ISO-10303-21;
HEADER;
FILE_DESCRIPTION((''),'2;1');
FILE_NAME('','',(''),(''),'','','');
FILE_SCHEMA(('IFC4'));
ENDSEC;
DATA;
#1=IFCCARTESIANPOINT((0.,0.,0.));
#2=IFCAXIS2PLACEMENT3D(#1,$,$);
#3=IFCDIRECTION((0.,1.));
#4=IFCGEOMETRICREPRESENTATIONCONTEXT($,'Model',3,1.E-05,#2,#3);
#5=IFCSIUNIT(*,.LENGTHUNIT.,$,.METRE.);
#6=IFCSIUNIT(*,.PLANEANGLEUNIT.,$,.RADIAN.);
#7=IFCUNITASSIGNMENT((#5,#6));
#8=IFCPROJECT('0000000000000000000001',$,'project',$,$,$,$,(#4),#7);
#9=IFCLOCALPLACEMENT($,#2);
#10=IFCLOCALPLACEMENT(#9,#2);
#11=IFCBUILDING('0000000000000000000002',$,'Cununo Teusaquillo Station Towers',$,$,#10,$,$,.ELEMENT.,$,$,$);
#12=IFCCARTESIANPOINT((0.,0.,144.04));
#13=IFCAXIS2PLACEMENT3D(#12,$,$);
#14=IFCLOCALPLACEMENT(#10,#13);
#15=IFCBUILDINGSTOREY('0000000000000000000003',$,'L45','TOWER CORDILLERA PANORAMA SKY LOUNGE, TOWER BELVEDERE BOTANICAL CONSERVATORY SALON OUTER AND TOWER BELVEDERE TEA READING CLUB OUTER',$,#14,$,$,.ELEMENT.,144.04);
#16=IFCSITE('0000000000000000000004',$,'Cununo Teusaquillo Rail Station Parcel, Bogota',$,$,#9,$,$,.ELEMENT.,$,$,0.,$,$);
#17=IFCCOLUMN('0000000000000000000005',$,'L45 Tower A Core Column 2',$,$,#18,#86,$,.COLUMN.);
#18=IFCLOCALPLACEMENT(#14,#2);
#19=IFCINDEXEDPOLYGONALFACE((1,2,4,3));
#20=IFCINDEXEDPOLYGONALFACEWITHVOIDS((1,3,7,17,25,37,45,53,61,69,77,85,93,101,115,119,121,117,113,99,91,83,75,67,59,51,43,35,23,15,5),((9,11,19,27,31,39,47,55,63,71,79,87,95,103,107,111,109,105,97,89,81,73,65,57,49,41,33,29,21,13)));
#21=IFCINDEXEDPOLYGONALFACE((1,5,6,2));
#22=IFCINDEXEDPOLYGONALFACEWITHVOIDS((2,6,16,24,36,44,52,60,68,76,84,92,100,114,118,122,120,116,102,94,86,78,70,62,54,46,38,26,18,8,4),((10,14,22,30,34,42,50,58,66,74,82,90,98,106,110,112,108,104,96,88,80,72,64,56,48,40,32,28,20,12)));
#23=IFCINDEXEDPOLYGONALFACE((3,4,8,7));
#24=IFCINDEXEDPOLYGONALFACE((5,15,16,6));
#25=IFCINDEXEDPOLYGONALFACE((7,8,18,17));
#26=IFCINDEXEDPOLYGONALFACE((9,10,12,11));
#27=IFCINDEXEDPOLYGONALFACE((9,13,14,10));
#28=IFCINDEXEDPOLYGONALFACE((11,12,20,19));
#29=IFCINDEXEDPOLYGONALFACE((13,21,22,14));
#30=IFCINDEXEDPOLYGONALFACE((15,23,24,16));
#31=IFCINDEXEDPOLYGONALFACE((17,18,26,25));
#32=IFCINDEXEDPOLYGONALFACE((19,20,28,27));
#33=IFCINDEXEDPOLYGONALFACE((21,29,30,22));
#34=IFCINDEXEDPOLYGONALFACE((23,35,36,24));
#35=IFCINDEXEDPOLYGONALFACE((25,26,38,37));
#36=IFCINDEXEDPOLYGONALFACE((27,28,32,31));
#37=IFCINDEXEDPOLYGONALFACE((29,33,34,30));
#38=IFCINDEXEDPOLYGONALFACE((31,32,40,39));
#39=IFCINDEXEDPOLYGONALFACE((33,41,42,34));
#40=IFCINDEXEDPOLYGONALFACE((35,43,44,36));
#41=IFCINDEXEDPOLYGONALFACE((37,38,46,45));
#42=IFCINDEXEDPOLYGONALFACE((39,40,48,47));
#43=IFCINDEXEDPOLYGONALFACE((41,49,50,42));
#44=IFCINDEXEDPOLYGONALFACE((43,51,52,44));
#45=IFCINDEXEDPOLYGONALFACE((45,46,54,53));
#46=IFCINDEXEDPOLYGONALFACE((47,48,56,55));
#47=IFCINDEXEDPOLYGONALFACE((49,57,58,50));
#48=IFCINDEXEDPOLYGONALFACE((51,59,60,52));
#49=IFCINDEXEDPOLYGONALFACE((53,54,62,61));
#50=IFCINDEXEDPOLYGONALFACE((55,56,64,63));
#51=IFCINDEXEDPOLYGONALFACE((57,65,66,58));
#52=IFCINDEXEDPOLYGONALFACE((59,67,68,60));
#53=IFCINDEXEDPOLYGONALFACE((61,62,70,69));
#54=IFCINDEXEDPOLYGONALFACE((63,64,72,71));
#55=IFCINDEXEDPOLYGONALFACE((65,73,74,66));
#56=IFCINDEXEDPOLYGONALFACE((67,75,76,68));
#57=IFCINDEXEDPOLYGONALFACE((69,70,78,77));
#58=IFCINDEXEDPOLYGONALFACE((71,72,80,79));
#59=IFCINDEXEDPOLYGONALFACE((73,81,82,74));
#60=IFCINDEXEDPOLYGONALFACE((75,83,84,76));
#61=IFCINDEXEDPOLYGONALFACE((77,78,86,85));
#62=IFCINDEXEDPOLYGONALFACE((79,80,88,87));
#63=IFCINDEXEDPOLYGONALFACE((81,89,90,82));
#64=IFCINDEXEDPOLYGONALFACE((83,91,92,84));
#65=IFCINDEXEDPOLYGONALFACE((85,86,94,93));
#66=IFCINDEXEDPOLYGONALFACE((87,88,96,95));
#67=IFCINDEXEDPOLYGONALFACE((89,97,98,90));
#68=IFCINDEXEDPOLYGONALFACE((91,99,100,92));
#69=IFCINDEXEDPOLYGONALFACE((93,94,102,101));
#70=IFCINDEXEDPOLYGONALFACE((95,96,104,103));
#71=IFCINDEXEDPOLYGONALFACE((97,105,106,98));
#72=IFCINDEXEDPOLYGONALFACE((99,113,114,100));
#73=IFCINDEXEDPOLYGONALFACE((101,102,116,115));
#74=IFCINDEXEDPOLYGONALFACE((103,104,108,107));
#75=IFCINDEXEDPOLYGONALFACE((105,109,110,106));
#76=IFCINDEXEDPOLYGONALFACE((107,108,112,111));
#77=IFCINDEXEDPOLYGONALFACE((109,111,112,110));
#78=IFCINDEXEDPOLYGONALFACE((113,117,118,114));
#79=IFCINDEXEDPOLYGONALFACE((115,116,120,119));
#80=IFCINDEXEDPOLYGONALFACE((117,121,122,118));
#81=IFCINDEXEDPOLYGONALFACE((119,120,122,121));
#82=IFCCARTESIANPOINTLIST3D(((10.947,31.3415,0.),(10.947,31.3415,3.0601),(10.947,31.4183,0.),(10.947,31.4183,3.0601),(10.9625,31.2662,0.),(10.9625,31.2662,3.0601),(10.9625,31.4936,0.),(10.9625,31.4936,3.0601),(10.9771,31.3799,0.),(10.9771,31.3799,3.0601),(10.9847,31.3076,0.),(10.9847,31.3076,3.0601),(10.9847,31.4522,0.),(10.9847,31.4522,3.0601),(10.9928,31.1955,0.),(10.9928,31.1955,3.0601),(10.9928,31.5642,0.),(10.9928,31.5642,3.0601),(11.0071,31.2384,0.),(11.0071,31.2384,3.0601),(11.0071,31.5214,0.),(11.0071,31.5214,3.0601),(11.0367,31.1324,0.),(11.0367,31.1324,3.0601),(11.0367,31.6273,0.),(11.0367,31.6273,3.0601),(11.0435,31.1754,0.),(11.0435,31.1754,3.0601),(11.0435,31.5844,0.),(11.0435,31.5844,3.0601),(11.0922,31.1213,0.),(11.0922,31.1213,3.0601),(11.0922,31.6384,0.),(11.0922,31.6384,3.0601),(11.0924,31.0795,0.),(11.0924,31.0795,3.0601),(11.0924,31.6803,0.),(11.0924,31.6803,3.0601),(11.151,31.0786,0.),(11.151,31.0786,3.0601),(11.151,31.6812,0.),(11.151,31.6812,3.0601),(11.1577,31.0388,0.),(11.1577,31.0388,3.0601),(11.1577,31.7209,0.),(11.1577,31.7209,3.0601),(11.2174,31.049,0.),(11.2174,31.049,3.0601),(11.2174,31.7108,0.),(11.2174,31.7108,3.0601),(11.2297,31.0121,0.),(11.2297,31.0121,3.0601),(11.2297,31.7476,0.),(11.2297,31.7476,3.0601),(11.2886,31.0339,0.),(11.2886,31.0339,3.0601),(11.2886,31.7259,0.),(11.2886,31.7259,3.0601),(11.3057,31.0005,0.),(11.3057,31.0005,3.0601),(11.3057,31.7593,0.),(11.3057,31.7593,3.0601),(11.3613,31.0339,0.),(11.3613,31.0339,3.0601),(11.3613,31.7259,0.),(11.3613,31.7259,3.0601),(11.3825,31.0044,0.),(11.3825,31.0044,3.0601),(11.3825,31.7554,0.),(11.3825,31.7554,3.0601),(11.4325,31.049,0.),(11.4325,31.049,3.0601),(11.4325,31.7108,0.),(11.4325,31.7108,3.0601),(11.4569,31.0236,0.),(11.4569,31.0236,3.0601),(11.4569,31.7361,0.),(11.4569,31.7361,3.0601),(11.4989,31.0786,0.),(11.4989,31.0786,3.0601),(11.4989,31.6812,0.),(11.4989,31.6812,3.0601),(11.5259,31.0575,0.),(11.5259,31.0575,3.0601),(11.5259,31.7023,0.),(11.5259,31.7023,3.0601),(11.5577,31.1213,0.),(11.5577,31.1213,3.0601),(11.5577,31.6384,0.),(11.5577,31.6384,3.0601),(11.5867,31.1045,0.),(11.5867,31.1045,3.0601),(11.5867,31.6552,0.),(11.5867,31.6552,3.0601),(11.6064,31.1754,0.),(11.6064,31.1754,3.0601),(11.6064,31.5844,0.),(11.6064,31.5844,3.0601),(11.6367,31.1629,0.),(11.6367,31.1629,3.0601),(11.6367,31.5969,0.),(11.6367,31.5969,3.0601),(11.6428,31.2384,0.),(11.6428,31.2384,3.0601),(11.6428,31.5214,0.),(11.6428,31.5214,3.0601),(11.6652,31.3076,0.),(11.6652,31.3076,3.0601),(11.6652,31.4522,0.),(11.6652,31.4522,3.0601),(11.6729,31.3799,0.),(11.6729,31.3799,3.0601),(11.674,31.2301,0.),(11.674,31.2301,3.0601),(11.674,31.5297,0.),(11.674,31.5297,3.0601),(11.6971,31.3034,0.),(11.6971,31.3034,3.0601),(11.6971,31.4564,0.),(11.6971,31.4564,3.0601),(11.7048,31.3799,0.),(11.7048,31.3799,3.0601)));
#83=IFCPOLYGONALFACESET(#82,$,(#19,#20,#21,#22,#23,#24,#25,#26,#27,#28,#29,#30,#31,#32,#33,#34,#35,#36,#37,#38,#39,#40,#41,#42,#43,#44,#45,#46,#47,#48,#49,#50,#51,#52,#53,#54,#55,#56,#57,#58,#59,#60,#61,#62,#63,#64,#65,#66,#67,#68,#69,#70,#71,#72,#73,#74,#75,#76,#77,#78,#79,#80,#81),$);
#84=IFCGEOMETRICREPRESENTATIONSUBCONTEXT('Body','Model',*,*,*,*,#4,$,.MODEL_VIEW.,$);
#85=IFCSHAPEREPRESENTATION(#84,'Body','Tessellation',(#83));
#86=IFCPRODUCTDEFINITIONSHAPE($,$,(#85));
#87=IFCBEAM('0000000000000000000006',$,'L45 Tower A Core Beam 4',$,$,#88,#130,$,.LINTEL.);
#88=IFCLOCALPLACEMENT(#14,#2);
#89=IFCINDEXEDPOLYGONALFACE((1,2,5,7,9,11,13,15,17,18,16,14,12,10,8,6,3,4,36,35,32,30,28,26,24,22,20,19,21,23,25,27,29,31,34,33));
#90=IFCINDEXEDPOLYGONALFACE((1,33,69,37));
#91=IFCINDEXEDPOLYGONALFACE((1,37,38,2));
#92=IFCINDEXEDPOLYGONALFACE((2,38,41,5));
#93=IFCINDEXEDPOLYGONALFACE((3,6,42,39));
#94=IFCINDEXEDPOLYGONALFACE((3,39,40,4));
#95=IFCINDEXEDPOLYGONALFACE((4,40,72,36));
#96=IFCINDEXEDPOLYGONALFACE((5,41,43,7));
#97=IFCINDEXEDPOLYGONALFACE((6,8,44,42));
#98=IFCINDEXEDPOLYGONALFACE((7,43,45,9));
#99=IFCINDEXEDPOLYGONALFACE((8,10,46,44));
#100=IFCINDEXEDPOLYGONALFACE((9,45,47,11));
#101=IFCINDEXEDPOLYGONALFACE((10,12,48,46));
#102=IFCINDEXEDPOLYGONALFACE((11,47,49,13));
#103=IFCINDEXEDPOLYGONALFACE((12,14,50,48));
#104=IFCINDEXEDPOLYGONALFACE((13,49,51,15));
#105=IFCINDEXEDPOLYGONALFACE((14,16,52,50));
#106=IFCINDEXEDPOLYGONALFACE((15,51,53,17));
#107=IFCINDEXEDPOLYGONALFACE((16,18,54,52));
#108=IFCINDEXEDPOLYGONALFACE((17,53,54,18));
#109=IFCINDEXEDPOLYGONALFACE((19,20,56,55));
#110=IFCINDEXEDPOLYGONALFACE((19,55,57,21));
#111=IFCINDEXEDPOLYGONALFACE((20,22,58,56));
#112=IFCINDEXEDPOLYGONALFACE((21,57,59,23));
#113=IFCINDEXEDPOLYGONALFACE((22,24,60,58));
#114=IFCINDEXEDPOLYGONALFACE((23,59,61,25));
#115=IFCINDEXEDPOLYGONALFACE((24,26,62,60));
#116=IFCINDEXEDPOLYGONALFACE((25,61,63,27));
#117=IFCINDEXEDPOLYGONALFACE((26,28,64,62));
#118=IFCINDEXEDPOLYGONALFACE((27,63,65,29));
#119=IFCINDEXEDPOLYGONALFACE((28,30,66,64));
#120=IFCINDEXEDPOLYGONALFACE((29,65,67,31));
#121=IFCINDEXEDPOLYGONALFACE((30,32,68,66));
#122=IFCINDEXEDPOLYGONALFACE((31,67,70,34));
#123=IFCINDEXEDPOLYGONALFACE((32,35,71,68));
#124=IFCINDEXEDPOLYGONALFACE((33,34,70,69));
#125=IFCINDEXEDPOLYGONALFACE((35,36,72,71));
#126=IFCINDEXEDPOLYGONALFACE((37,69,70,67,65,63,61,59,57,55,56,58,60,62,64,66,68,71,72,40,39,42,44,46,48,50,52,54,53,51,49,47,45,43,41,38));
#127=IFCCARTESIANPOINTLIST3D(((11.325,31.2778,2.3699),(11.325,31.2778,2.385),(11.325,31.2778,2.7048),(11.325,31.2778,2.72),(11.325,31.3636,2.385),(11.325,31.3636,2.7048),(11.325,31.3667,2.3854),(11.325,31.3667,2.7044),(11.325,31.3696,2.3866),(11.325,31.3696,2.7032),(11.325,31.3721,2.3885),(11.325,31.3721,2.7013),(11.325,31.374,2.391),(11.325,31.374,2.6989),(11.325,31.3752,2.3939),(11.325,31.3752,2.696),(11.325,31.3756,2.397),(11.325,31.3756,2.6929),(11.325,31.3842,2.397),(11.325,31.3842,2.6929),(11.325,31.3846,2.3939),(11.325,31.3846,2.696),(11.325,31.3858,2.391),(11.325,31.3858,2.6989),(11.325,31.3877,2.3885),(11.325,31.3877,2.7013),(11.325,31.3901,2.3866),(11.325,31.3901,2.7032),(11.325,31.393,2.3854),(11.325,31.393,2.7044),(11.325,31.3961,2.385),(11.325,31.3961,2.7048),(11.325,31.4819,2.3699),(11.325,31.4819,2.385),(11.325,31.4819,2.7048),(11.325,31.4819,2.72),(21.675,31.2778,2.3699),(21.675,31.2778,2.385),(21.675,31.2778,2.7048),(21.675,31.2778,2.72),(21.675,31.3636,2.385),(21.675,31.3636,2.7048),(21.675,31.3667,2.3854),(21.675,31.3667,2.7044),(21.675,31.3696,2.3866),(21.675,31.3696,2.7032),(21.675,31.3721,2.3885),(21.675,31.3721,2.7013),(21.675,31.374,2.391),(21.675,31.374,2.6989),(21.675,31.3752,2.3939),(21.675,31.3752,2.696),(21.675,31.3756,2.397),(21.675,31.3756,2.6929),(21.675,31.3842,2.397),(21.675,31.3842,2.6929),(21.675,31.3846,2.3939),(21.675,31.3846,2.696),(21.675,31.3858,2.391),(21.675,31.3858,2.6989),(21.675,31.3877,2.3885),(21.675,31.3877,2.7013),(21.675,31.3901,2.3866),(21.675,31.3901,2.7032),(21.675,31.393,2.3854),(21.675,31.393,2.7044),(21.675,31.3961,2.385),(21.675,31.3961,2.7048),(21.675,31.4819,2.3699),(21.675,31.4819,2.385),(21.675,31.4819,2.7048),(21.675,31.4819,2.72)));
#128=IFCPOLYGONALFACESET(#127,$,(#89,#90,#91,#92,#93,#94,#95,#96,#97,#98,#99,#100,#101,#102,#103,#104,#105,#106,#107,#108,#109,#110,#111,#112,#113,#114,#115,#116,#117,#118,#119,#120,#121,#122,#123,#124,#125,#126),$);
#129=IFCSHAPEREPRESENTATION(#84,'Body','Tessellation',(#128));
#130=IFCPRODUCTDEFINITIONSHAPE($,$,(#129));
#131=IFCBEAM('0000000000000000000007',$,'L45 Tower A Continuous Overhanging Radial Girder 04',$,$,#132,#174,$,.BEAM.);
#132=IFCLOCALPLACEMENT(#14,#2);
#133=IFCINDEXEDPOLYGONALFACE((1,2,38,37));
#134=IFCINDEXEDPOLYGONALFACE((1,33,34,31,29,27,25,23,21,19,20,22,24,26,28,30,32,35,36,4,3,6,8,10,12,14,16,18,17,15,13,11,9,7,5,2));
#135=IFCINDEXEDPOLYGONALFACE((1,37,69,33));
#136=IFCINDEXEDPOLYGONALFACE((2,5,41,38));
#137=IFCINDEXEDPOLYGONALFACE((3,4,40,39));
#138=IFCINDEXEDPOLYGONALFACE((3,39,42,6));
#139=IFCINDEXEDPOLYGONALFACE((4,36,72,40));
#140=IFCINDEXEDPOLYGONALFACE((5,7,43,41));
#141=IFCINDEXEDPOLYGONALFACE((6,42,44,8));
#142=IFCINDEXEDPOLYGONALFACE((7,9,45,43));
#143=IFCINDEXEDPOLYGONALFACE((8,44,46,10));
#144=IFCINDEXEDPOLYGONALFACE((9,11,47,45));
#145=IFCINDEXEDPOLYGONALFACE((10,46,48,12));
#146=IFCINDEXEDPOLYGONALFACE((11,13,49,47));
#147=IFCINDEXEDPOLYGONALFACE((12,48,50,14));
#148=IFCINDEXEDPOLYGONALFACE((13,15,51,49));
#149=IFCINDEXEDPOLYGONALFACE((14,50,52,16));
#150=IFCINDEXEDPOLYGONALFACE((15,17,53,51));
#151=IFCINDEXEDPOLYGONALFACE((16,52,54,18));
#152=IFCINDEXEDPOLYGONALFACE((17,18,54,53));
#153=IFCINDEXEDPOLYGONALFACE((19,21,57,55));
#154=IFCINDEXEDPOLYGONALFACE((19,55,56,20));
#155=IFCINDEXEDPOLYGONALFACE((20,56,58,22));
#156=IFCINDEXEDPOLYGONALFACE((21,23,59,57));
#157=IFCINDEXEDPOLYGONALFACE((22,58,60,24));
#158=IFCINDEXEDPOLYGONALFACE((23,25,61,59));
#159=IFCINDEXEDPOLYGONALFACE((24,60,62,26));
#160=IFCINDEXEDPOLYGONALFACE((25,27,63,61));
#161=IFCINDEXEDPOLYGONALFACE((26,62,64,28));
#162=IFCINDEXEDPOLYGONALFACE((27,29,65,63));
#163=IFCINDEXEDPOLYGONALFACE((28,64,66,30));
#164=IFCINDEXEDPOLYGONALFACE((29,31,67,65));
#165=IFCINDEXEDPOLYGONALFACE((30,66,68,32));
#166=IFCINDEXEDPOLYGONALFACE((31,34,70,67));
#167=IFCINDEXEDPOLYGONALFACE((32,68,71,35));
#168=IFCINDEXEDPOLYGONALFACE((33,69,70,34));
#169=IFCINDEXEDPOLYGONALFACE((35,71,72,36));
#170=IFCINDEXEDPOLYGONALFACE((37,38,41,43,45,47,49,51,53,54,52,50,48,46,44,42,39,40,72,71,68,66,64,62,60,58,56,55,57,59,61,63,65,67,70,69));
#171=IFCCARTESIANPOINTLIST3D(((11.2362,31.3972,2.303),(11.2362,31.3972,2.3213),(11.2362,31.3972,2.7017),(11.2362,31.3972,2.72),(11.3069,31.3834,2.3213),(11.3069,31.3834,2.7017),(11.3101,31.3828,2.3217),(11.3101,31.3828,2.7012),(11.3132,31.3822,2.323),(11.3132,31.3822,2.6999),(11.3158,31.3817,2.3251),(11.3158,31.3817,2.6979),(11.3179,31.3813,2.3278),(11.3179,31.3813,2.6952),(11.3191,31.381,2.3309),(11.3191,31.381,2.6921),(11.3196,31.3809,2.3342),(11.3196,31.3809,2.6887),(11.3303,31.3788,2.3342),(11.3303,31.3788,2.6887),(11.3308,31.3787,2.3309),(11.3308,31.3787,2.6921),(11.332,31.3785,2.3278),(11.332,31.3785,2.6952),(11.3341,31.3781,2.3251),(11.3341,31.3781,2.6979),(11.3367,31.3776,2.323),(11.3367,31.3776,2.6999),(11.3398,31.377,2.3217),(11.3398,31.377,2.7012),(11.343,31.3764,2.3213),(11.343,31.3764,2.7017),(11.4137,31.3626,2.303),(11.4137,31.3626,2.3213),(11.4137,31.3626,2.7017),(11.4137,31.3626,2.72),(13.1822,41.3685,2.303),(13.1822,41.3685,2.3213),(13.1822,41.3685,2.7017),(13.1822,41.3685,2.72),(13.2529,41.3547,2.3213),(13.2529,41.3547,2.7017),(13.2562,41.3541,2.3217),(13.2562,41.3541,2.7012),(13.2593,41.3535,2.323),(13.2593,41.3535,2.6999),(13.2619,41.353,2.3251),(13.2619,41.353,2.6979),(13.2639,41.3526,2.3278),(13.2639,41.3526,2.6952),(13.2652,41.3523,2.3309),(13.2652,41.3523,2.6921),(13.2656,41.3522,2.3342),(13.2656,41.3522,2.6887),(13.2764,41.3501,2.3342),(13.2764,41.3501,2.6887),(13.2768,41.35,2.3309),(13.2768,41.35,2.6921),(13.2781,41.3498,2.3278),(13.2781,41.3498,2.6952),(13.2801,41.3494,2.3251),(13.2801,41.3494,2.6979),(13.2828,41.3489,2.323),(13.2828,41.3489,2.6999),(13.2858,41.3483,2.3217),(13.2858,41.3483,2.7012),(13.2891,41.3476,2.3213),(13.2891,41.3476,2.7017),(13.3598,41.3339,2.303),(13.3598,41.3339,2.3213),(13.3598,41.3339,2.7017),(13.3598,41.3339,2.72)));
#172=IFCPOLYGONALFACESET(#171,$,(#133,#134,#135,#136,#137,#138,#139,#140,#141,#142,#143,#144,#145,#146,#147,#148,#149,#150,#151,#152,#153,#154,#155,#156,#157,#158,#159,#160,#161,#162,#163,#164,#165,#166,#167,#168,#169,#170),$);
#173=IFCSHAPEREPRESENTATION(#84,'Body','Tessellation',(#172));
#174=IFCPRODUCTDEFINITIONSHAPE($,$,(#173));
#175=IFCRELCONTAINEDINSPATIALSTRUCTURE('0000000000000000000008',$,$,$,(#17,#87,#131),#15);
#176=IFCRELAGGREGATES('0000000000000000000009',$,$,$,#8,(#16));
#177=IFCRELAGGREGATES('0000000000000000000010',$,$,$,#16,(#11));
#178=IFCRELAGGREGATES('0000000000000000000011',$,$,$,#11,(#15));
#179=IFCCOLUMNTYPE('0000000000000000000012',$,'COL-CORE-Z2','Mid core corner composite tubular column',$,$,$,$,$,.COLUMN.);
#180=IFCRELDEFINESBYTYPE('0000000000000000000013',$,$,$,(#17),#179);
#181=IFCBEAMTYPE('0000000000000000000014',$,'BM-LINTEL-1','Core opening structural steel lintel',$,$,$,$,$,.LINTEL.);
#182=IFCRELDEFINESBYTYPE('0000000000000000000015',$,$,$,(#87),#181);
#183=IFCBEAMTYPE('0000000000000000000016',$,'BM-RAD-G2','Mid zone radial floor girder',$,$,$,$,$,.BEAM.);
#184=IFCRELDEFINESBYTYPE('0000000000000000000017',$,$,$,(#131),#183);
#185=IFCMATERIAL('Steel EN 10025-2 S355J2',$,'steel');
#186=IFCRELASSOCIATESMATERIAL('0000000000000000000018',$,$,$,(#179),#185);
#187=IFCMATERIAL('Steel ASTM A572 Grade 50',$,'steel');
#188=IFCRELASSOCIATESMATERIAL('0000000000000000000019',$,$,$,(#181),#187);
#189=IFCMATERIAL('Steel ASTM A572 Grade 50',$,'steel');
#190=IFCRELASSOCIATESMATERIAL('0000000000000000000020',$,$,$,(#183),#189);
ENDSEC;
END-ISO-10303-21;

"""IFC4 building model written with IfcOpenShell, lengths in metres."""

from ifc_helpers import new_model, si_unit, direction, frame, origin, origin_2d, place, context, subcontext, project, spatial, hollow_circle, i_section, extrude, material, material_profile, profile_set, type_object, element, save


model = new_model("IFC4")

# Units and contexts
model_context = context("Model", 3, precision=1e-05, world=origin(), true_north=direction((0.0, 1.0)))
body_context = subcontext(model_context, "Body", "Model", "MODEL_VIEW")
ifc_project = project(units=[si_unit("LENGTHUNIT", "METRE"), si_unit("PLANEANGLEUNIT", "RADIAN")], contexts=[model_context])

# Site, building, storey
site_placement = place(None, origin())
site = spatial("IfcSite", under=ifc_project, at=site_placement, Name="Cununo Teusaquillo Rail Station Parcel, Bogota", CompositionType="ELEMENT", RefElevation=0.0)
building_placement = place(site_placement, origin())
building = spatial("IfcBuilding", under=site, at=building_placement, Name="Cununo Teusaquillo Station Towers", CompositionType="ELEMENT")
storey_placement = place(building_placement, frame((0.0, 0.0, 144.04)))
storey = spatial("IfcBuildingStorey", under=building, at=storey_placement, Name="L45", Description="TOWER CORDILLERA PANORAMA SKY LOUNGE, TOWER BELVEDERE BOTANICAL CONSERVATORY SALON OUTER AND TOWER BELVEDERE TEA READING CLUB OUTER", CompositionType="ELEMENT", Elevation=144.04)

# Column
ifc_material_1 = material(Name="Steel EN 10025-2 S355J2", Category="steel")
ifc_material_profile_1 = material_profile(ifc_material_1, hollow_circle(Radius=0.3799, WallThickness=0.032, at=origin_2d()), Name="CHS 760x32")
ifc_profile_set_1 = profile_set([ifc_material_profile_1], Name="Steel EN 10025-2 S355J2")
column_type = type_object("IfcColumnType", Name="COL-CORE-Z2", Description="Mid core corner composite tubular column", PredefinedType="COLUMN", material=ifc_profile_set_1)
column_placement = place(storey_placement, frame((11.325, 31.3799, 0.0), z_axis=(0.0, 0.0, 1.0), x_axis=(1.0, 0.0, 0.0)))
element("IfcColumn", 1, at=column_placement, inside=storey, type_object=column_type, Name="L45 Tower A Core Column 2", PredefinedType="COLUMN", context=body_context, shape_type="SweptSolid", body=[
    extrude(hollow_circle(Radius=0.3799, WallThickness=0.032, at=origin_2d()), origin(), (0.0, 0.0, 1.0), 3.0601),
])

# Beams
ifc_material_2 = material(Name="Steel ASTM A572 Grade 50", Category="steel")
ifc_material_profile_2 = material_profile(ifc_material_2, i_section(OverallWidth=0.2041, OverallDepth=0.3501, WebThickness=0.0085, FlangeThickness=0.0151, FilletRadius=0.012, at=origin_2d()), Name="W14X48")
ifc_profile_set_2 = profile_set([ifc_material_profile_2], Name="Steel ASTM A572 Grade 50")
beam_type_1 = type_object("IfcBeamType", Name="BM-LINTEL-1", Description="Core opening structural steel lintel", PredefinedType="LINTEL", material=ifc_profile_set_2)
beam_1_placement = place(storey_placement, frame((11.325, 31.3799, 2.5449), z_axis=(1.0, 0.0, 0.0), x_axis=(0.0, 1.0, 0.0)))
element("IfcBeam", 2, at=beam_1_placement, inside=storey, type_object=beam_type_1, Name="L45 Tower A Core Beam 4", PredefinedType="LINTEL", context=body_context, shape_type="SweptSolid", body=[
    extrude(i_section(OverallWidth=0.2041, OverallDepth=0.3501, WebThickness=0.0085, FlangeThickness=0.0151, FilletRadius=0.012, at=origin_2d()), origin(), (0.0, 0.0, 1.0), 10.3501),
])
ifc_material_3 = material(Name="Steel ASTM A572 Grade 50", Category="steel")
ifc_material_profile_3 = material_profile(ifc_material_3, i_section(OverallWidth=0.1809, OverallDepth=0.417, WebThickness=0.011, FlangeThickness=0.0183, FilletRadius=0.0129, at=origin_2d()), Name="W16X57")
ifc_profile_set_3 = profile_set([ifc_material_profile_3], Name="Steel ASTM A572 Grade 50")
beam_type_2 = type_object("IfcBeamType", Name="BM-RAD-G2", Description="Mid zone radial floor girder", PredefinedType="BEAM", material=ifc_profile_set_3)
beam_2_placement = place(storey_placement, frame((11.325, 31.3799, 2.5115), z_axis=(0.191553, 0.981482, 0.0), x_axis=(-0.981482, 0.191553, 0.0)))
element("IfcBeam", 3, at=beam_2_placement, inside=storey, type_object=beam_type_2, Name="L45 Tower A Continuous Overhanging Radial Girder 04", PredefinedType="BEAM", context=body_context, shape_type="SweptSolid", body=[
    extrude(i_section(OverallWidth=0.1809, OverallDepth=0.417, WebThickness=0.011, FlangeThickness=0.0183, FilletRadius=0.0129, at=origin_2d()), origin(), (0.0, 0.0, 1.0), 10.1594),
])

save(model, "model.ifc")
